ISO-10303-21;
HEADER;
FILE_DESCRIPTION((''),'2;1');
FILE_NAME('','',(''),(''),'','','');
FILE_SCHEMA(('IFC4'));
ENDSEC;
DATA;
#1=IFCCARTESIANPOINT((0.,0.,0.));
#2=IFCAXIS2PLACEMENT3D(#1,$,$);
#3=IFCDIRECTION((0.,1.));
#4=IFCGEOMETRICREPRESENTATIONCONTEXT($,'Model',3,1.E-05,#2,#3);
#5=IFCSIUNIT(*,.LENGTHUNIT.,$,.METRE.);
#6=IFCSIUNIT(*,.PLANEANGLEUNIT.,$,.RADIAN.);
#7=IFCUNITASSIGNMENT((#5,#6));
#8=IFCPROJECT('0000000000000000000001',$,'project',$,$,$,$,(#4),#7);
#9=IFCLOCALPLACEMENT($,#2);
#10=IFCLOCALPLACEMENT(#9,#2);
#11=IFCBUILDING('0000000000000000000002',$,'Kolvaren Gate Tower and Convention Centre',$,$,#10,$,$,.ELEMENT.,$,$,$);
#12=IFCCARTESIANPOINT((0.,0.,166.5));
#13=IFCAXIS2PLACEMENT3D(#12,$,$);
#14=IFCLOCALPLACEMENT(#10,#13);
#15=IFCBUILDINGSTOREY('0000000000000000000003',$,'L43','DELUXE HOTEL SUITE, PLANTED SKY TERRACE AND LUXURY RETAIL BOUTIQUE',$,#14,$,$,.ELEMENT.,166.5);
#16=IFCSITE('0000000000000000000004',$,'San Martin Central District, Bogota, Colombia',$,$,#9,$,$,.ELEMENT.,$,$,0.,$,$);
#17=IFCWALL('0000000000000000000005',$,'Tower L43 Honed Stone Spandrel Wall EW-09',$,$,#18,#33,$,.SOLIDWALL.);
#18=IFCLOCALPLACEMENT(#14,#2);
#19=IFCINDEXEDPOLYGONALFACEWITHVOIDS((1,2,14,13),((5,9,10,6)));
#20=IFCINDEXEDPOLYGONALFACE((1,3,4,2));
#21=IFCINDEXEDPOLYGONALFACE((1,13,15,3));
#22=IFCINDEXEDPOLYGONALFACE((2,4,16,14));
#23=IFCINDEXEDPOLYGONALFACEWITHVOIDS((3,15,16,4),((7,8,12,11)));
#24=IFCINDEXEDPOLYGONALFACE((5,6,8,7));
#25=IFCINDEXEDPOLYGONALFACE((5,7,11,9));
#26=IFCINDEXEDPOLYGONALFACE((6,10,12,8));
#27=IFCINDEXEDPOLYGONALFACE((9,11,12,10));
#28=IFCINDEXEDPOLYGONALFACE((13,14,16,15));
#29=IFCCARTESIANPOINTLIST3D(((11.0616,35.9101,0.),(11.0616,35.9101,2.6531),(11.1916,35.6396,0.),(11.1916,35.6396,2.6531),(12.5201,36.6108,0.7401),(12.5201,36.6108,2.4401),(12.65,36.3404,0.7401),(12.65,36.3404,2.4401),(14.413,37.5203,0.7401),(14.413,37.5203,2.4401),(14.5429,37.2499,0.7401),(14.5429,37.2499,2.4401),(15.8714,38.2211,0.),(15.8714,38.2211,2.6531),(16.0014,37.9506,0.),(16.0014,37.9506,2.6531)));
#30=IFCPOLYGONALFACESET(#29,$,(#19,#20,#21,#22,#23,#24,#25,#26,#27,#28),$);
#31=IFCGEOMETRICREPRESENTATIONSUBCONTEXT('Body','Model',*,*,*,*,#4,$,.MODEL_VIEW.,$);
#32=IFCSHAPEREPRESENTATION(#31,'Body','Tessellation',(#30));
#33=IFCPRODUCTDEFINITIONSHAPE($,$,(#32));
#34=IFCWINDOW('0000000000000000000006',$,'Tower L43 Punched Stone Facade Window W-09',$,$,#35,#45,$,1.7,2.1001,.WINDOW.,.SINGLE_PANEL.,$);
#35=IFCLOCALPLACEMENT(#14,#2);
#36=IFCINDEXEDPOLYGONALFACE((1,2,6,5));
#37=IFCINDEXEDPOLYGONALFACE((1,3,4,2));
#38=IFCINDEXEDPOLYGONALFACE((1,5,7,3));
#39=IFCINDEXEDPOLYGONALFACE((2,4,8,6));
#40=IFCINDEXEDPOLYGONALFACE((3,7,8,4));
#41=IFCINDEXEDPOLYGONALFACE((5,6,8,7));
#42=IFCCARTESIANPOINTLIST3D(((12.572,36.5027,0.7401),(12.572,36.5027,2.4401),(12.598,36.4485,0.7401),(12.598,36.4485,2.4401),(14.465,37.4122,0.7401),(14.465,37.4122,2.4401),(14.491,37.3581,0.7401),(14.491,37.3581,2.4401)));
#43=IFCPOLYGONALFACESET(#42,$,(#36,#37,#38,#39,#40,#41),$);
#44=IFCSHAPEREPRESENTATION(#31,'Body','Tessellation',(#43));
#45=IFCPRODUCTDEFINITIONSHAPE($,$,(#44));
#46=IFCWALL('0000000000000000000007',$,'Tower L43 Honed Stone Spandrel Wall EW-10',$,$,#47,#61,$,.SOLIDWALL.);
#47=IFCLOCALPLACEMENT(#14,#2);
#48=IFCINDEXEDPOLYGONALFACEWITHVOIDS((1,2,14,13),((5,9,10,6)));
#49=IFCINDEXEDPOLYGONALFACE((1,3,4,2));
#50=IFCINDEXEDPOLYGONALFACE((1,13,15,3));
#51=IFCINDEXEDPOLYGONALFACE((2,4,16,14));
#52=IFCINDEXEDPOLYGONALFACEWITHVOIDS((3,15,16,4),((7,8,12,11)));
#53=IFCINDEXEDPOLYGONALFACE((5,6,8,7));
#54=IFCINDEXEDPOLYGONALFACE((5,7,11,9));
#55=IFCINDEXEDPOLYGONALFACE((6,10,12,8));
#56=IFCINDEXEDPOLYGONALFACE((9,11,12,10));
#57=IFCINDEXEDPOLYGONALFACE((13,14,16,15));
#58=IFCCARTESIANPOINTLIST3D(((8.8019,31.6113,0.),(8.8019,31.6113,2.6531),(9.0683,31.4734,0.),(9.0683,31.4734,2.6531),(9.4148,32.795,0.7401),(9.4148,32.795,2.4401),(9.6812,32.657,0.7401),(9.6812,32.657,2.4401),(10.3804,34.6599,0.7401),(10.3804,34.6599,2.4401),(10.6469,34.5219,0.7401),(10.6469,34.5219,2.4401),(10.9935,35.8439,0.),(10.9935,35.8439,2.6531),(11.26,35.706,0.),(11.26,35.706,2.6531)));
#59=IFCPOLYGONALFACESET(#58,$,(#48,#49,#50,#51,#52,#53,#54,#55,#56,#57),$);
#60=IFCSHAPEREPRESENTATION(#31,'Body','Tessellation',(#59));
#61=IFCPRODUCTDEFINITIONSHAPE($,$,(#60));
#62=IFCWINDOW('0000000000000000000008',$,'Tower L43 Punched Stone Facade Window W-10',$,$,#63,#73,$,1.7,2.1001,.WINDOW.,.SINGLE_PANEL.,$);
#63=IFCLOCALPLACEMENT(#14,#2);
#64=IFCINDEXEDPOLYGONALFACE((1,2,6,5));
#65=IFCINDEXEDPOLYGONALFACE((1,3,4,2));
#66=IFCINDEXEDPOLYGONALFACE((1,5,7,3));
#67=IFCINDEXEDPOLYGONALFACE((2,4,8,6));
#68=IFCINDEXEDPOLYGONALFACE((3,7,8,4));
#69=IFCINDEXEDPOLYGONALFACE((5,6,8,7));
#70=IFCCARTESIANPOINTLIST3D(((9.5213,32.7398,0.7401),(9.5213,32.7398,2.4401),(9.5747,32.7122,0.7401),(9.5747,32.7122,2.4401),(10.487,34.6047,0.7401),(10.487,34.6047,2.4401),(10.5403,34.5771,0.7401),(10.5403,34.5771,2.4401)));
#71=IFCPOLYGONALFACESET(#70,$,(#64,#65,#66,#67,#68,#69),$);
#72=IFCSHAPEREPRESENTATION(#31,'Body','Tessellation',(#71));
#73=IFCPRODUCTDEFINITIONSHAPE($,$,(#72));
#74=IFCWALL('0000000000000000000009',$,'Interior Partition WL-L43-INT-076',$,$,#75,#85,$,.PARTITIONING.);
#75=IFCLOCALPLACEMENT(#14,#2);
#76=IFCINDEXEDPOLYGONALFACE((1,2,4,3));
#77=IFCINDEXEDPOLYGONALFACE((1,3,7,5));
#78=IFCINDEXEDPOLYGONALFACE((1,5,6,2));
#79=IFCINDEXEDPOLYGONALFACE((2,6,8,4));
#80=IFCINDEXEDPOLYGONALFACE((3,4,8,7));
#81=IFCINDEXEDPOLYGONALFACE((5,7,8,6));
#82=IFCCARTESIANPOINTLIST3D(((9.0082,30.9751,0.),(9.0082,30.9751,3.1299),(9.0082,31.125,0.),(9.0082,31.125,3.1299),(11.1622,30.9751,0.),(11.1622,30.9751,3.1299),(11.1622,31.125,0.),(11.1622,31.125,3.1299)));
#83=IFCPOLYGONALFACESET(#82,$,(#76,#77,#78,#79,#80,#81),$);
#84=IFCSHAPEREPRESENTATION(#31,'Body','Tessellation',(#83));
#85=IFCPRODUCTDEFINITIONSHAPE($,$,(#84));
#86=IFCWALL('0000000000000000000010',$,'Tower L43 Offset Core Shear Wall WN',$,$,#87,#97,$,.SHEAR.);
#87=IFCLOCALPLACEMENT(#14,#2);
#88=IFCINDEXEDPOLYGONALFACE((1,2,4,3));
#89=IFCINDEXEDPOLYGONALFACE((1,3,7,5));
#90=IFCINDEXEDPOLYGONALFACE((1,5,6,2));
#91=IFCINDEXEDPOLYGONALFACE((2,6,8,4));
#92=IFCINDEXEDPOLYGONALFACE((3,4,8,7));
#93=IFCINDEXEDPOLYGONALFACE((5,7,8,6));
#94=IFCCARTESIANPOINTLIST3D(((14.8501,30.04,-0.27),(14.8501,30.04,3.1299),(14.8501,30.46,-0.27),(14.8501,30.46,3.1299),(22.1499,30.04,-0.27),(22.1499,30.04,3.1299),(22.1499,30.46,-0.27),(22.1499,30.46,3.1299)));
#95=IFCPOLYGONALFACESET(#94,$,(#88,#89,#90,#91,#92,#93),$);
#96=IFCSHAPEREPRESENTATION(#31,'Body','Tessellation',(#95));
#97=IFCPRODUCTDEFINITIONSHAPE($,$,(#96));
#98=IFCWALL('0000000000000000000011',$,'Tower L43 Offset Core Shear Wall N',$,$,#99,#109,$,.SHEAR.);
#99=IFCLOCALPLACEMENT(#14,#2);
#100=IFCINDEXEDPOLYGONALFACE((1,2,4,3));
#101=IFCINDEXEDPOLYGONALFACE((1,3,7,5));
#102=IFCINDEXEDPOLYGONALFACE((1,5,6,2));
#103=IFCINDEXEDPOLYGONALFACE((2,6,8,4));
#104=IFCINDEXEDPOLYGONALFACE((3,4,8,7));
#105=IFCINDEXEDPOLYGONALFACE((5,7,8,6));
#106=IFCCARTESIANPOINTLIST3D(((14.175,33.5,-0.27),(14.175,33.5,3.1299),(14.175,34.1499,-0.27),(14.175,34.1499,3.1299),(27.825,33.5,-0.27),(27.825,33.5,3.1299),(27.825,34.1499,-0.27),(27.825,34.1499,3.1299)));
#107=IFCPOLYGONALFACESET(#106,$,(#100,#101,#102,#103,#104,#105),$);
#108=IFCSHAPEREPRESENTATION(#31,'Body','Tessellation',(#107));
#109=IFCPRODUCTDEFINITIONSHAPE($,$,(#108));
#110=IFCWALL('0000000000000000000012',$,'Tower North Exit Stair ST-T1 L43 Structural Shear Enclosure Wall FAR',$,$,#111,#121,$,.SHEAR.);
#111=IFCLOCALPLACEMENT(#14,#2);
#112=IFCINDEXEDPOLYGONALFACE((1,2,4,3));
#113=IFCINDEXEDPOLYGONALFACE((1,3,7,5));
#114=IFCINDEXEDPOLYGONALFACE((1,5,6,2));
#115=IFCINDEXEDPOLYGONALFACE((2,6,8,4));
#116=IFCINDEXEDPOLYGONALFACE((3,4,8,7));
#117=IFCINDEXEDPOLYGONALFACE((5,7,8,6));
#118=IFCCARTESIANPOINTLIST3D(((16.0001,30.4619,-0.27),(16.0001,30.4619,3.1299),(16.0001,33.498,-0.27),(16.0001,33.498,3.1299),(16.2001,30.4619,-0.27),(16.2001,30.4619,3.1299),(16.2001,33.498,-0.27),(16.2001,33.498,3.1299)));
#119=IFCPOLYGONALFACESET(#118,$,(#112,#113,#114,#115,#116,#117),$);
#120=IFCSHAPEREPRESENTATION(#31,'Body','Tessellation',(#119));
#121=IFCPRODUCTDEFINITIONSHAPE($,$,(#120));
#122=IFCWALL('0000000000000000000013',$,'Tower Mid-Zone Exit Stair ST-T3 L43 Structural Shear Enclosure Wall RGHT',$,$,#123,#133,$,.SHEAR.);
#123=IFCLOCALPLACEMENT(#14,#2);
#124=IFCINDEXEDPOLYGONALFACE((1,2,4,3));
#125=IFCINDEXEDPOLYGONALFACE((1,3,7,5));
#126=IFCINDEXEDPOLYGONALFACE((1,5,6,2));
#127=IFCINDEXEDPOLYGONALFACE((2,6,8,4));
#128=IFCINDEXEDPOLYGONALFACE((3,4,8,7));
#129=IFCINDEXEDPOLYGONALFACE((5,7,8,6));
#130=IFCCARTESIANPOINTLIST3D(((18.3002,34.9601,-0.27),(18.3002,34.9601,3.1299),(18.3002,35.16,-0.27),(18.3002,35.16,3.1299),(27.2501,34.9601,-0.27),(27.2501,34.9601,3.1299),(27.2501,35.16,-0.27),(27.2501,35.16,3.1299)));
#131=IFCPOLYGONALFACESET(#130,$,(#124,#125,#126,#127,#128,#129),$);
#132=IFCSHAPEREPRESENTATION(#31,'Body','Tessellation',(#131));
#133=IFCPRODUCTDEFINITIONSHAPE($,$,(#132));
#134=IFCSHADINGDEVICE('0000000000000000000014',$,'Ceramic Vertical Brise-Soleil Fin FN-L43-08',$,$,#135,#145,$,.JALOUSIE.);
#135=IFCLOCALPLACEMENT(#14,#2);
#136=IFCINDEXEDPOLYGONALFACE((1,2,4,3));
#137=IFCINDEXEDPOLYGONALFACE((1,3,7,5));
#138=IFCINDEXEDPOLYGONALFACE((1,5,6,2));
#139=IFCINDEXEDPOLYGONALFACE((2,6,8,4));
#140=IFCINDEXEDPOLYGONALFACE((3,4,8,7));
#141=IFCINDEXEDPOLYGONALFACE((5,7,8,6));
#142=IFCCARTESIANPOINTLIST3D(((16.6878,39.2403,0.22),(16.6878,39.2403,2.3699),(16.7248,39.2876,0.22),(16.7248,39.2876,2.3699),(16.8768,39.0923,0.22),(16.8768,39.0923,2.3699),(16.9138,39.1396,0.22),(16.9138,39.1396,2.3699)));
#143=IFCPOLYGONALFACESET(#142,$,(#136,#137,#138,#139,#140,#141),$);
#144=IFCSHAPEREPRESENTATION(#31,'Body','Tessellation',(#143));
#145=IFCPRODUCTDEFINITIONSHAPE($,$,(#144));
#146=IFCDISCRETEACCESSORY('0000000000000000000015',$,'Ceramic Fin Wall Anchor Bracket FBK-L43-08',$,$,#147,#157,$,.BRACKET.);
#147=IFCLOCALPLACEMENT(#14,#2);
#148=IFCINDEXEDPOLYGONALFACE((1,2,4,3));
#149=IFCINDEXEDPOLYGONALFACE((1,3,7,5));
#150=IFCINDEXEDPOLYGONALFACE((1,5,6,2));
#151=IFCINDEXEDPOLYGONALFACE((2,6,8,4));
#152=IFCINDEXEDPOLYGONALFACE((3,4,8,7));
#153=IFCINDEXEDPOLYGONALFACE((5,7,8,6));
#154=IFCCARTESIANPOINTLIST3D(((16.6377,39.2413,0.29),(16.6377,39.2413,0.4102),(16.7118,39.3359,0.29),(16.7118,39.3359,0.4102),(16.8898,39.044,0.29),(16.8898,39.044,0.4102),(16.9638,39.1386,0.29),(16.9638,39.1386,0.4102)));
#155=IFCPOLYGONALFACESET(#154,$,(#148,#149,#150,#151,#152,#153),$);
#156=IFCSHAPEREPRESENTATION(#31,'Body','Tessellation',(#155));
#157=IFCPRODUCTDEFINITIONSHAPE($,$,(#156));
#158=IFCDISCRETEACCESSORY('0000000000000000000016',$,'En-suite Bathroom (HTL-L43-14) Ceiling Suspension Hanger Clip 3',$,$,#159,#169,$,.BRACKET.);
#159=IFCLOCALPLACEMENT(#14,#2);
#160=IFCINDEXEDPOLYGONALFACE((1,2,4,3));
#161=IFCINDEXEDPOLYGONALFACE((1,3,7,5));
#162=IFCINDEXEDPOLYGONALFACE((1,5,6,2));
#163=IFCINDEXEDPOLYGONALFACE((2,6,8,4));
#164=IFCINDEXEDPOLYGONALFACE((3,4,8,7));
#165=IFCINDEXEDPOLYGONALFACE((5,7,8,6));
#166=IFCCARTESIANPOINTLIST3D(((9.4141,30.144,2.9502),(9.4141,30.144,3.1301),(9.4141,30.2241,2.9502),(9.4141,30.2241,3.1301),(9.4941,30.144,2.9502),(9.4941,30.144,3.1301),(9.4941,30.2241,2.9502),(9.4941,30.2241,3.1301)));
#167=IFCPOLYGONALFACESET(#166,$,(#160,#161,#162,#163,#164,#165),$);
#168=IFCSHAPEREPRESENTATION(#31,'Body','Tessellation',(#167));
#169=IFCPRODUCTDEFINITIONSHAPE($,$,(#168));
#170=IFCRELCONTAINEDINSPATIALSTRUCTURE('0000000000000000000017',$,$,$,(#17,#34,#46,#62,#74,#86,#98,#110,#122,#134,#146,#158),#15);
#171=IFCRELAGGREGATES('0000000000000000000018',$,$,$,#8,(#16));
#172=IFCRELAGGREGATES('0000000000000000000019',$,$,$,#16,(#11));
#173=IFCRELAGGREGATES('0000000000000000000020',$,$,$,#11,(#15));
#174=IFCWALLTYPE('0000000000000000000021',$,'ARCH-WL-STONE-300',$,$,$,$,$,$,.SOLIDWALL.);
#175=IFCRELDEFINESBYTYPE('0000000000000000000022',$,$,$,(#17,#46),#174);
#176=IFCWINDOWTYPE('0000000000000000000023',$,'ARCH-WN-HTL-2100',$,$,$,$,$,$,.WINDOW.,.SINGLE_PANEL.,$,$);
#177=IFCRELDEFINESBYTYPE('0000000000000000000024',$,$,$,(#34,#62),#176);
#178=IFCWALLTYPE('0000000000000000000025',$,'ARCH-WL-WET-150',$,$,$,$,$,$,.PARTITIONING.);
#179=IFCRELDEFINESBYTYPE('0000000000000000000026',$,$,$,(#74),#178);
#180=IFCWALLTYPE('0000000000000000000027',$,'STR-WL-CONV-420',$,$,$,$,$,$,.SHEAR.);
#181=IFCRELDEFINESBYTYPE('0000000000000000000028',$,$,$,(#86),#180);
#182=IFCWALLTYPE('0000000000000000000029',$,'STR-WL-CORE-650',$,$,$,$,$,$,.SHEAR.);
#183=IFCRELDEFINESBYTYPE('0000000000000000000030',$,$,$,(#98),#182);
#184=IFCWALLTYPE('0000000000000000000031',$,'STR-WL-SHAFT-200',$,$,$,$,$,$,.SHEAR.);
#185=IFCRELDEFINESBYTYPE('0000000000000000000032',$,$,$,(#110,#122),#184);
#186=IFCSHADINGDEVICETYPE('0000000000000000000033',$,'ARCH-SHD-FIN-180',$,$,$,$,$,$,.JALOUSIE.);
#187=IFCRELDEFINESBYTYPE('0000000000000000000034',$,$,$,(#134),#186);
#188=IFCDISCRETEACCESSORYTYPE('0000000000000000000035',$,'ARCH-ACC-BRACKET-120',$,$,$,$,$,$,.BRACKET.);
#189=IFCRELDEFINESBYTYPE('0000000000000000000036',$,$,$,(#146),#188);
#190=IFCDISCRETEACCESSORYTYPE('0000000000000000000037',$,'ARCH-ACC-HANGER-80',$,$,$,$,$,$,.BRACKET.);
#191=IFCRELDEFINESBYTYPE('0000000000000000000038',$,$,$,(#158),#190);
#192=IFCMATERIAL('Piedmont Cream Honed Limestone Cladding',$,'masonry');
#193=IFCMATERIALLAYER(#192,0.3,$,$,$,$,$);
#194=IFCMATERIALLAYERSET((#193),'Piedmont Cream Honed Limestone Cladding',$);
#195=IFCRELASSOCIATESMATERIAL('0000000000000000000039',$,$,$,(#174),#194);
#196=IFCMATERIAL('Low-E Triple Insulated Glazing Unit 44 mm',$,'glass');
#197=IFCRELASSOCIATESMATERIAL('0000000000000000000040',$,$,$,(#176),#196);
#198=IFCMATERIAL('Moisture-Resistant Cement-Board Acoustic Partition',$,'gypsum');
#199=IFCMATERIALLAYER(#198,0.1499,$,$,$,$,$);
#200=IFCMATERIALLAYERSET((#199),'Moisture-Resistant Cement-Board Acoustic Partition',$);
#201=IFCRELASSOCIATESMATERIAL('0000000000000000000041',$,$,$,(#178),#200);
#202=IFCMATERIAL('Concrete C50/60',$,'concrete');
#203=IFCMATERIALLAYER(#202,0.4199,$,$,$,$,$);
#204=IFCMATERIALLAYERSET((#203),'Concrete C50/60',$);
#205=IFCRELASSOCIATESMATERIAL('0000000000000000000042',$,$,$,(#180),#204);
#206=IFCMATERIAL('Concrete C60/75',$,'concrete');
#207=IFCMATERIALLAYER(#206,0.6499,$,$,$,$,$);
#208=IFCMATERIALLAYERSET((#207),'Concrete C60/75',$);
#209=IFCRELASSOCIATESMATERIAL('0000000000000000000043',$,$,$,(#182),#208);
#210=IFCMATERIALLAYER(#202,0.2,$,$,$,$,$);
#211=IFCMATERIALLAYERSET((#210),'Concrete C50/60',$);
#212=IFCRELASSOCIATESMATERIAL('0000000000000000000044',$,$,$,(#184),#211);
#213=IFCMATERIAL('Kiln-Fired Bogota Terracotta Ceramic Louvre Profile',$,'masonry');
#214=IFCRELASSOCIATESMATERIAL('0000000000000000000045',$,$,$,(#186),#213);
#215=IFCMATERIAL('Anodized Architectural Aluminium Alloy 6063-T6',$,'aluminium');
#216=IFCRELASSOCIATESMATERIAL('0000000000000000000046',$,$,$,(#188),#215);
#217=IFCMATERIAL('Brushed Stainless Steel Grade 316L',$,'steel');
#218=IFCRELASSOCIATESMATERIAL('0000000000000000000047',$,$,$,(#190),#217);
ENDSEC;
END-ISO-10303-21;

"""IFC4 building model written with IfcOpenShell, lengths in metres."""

from ifc_helpers import new_model, si_unit, direction, frame, frame_2d, origin, origin_2d, place, context, subcontext, project, spatial, rectangle, extrude, material, layer, layer_set, type_object, element, fill, save


model = new_model("IFC4")

# Units and contexts
model_context = context("Model", 3, precision=1e-05, world=origin(), true_north=direction((0.0, 1.0)))
body_context = subcontext(model_context, "Body", "Model", "MODEL_VIEW")
ifc_project = project(units=[si_unit("LENGTHUNIT", "METRE"), si_unit("PLANEANGLEUNIT", "RADIAN")], contexts=[model_context])

# Site, building, storey
site_placement = place(None, origin())
site = spatial("IfcSite", under=ifc_project, at=site_placement, Name="San Martin Central District, Bogota, Colombia", CompositionType="ELEMENT", RefElevation=0.0)
building_placement = place(site_placement, origin())
building = spatial("IfcBuilding", under=site, at=building_placement, Name="Kolvaren Gate Tower and Convention Centre", CompositionType="ELEMENT")
storey_placement = place(building_placement, frame((0.0, 0.0, 166.5)))
storey = spatial("IfcBuildingStorey", under=building, at=storey_placement, Name="L43", Description="DELUXE HOTEL SUITE, PLANTED SKY TERRACE AND LUXURY RETAIL BOUTIQUE", CompositionType="ELEMENT", Elevation=166.5)

# Shared definitions
ifc_material_1 = material(Name="Concrete C60/75", Category="concrete")

# Walls, openings, windows
ifc_material_2 = material(Name="Piedmont Cream Honed Limestone Cladding", Category="masonry")
ifc_layer_1 = layer(ifc_material_2, 0.3)
ifc_layer_set_1 = layer_set([ifc_layer_1], Name="Piedmont Cream Honed Limestone Cladding")
wall_type_1 = type_object("IfcWallType", Name="ARCH-WL-STONE-300", PredefinedType="SOLIDWALL", material=ifc_layer_set_1)
ifc_material_3 = material(Name="Low-E Triple Insulated Glazing Unit 44 mm", Category="glass")
window_type = type_object("IfcWindowType", Name="ARCH-WN-HTL-2100", PartitioningType="SINGLE_PANEL", PredefinedType="WINDOW", material=ifc_material_3)
wall_1_placement = place(storey_placement, frame((11.1267, 35.7749, 0.0), z_axis=(0.0, 0.0, 1.0), x_axis=(0.901353, 0.433085, 0.0)))
wall_1 = element("IfcWall", 1, at=wall_1_placement, inside=storey, type_object=wall_type_1, Name="Tower L43 Honed Stone Spandrel Wall EW-09", PredefinedType="SOLIDWALL", context=body_context, shape_type="SweptSolid", body=[
    extrude(rectangle(XDim=5.3362, YDim=0.3, at=frame_2d((2.668, 0.0))), origin(), (0.0, 0.0, 1.0), 2.6531),
])
opening_1_placement = place(wall_1_placement, frame((1.6179, 0.0, 0.74)))
opening_1 = element("IfcOpeningElement", 2, at=opening_1_placement, cuts=wall_1, PredefinedType="OPENING", context=body_context, shape_type="SweptSolid", body=[
    extrude(rectangle(XDim=2.1001, YDim=1.7, at=frame_2d((1.05, 0.8501))), frame((0.0, 0.1599, 0.0), z_axis=(0.0, -1.0, 0.0), x_axis=(1.0, 0.0, 0.0)), (0.0, 0.0, 1.0), 0.3201),
])
window_1_placement = place(opening_1_placement, origin())
window_1 = element("IfcWindow", 3, at=window_1_placement, inside=storey, type_object=window_type, Name="Tower L43 Punched Stone Facade Window W-09", OverallHeight=1.7, OverallWidth=2.1001, PartitioningType="SINGLE_PANEL", PredefinedType="WINDOW", context=body_context, shape_type="SweptSolid", body=[
    extrude(rectangle(XDim=2.1001, YDim=1.7, at=frame_2d((1.05, 0.8501))), frame((0.0, 0.03, 0.0), z_axis=(0.0, -1.0, 0.0), x_axis=(1.0, 0.0, 0.0)), (0.0, 0.0, 1.0), 0.0601),
])
fill(opening_1, window_1)
wall_2_placement = place(storey_placement, frame((8.9351, 31.5422, 0.0), z_axis=(0.0, 0.0, 1.0), x_axis=(0.45981, 0.888017, 0.0)))
wall_2 = element("IfcWall", 4, at=wall_2_placement, inside=storey, type_object=wall_type_1, Name="Tower L43 Honed Stone Spandrel Wall EW-10", PredefinedType="SOLIDWALL", context=body_context, shape_type="SweptSolid", body=[
    extrude(rectangle(XDim=4.7664, YDim=0.3, at=frame_2d((2.3833, 0.0))), origin(), (0.0, 0.0, 1.0), 2.6531),
])
opening_2_placement = place(wall_2_placement, frame((1.333, 0.0, 0.74)))
opening_2 = element("IfcOpeningElement", 5, at=opening_2_placement, cuts=wall_2, PredefinedType="OPENING", context=body_context, shape_type="SweptSolid", body=[
    extrude(rectangle(XDim=2.1001, YDim=1.7, at=frame_2d((1.05, 0.8501))), frame((0.0, 0.1599, 0.0), z_axis=(0.0, -1.0, 0.0), x_axis=(1.0, 0.0, 0.0)), (0.0, 0.0, 1.0), 0.3201),
])
window_2_placement = place(opening_2_placement, origin())
window_2 = element("IfcWindow", 6, at=window_2_placement, inside=storey, type_object=window_type, Name="Tower L43 Punched Stone Facade Window W-10", OverallHeight=1.7, OverallWidth=2.1001, PartitioningType="SINGLE_PANEL", PredefinedType="WINDOW", context=body_context, shape_type="SweptSolid", body=[
    extrude(rectangle(XDim=2.1001, YDim=1.7, at=frame_2d((1.05, 0.8501))), frame((0.0, 0.03, 0.0), z_axis=(0.0, -1.0, 0.0), x_axis=(1.0, 0.0, 0.0)), (0.0, 0.0, 1.0), 0.0601),
])
fill(opening_2, window_2)

# Walls
ifc_material_4 = material(Name="Moisture-Resistant Cement-Board Acoustic Partition", Category="gypsum")
ifc_layer_2 = layer(ifc_material_4, 0.1499)
ifc_layer_set_2 = layer_set([ifc_layer_2], Name="Moisture-Resistant Cement-Board Acoustic Partition")
wall_type_2 = type_object("IfcWallType", Name="ARCH-WL-WET-150", PredefinedType="PARTITIONING", material=ifc_layer_set_2)
wall_3_placement = place(storey_placement, frame((9.0081, 31.05, 0.0), z_axis=(0.0, 0.0, 1.0), x_axis=(1.0, 0.0, 0.0)))
element("IfcWall", 7, at=wall_3_placement, inside=storey, type_object=wall_type_2, Name="Interior Partition WL-L43-INT-076", PredefinedType="PARTITIONING", context=body_context, shape_type="SweptSolid", body=[
    extrude(rectangle(XDim=2.1541, YDim=0.1499, at=frame_2d((1.0771, 0.0))), origin(), (0.0, 0.0, 1.0), 3.1299),
])
ifc_material_5 = material(Name="Concrete C50/60", Category="concrete")
ifc_layer_3 = layer(ifc_material_5, 0.4199)
ifc_layer_set_3 = layer_set([ifc_layer_3], Name="Concrete C50/60")
wall_type_3 = type_object("IfcWallType", Name="STR-WL-CONV-420", PredefinedType="SHEAR", material=ifc_layer_set_3)
wall_4_placement = place(storey_placement, frame((14.8501, 30.25, -0.27), z_axis=(0.0, 0.0, 1.0), x_axis=(1.0, 0.0, 0.0)))
element("IfcWall", 8, at=wall_4_placement, inside=storey, type_object=wall_type_3, Name="Tower L43 Offset Core Shear Wall WN", PredefinedType="SHEAR", context=body_context, shape_type="SweptSolid", body=[
    extrude(rectangle(XDim=7.2998, YDim=0.4199, at=frame_2d((3.6499, 0.0))), origin(), (0.0, 0.0, 1.0), 3.3999),
])
ifc_layer_4 = layer(ifc_material_1, 0.6499)
ifc_layer_set_4 = layer_set([ifc_layer_4], Name="Concrete C60/75")
wall_type_4 = type_object("IfcWallType", Name="STR-WL-CORE-650", PredefinedType="SHEAR", material=ifc_layer_set_4)
wall_5_placement = place(storey_placement, frame((14.175, 33.825, -0.27), z_axis=(0.0, 0.0, 1.0), x_axis=(1.0, 0.0, 0.0)))
element("IfcWall", 9, at=wall_5_placement, inside=storey, type_object=wall_type_4, Name="Tower L43 Offset Core Shear Wall N", PredefinedType="SHEAR", context=body_context, shape_type="SweptSolid", body=[
    extrude(rectangle(XDim=13.6499, YDim=0.6499, at=frame_2d((6.825, 0.0))), origin(), (0.0, 0.0, 1.0), 3.3999),
])
ifc_layer_5 = layer(ifc_material_5, 0.2)
ifc_layer_set_5 = layer_set([ifc_layer_5], Name="Concrete C50/60")
wall_type_5 = type_object("IfcWallType", Name="STR-WL-SHAFT-200", PredefinedType="SHEAR", material=ifc_layer_set_5)
wall_6_placement = place(storey_placement, frame((16.1001, 30.4619, -0.27), z_axis=(0.0, 0.0, 1.0), x_axis=(0.0, 1.0, 0.0)))
element("IfcWall", 10, at=wall_6_placement, inside=storey, type_object=wall_type_5, Name="Tower North Exit Stair ST-T1 L43 Structural Shear Enclosure Wall FAR", PredefinedType="SHEAR", context=body_context, shape_type="SweptSolid", body=[
    extrude(rectangle(XDim=3.0361, YDim=0.2, at=frame_2d((1.5181, 0.0))), origin(), (0.0, 0.0, 1.0), 3.3999),
])
wall_7_placement = place(storey_placement, frame((18.3, 35.0601, -0.27), z_axis=(0.0, 0.0, 1.0), x_axis=(1.0, 0.0, 0.0)))
element("IfcWall", 11, at=wall_7_placement, inside=storey, type_object=wall_type_5, Name="Tower Mid-Zone Exit Stair ST-T3 L43 Structural Shear Enclosure Wall RGHT", PredefinedType="SHEAR", context=body_context, shape_type="SweptSolid", body=[
    extrude(rectangle(XDim=8.95, YDim=0.2, at=frame_2d((4.4751, 0.0))), origin(), (0.0, 0.0, 1.0), 3.3999),
])

# Shared definitions
ifc_material_6 = material(Name="Brushed Stainless Steel Grade 316L", Category="steel")

# Shading device
ifc_material_7 = material(Name="Kiln-Fired Bogota Terracotta Ceramic Louvre Profile", Category="masonry")
shading_device_type = type_object("IfcShadingDeviceType", Name="ARCH-SHD-FIN-180", PredefinedType="JALOUSIE", material=ifc_material_7)
shading_device_placement = place(storey_placement, frame((16.8008, 39.1899, 0.22), z_axis=(0.0, 0.0, 1.0), x_axis=(0.616446, 0.787397, 0.0)))
element("IfcShadingDevice", 12, at=shading_device_placement, inside=storey, type_object=shading_device_type, Name="Ceramic Vertical Brise-Soleil Fin FN-L43-08", PredefinedType="JALOUSIE", context=body_context, shape_type="SweptSolid", body=[
    extrude(rectangle(XDim=0.0601, YDim=0.24, at=origin_2d()), origin(), (0.0, 0.0, 1.0), 2.1499),
])

# Discrete accessories
ifc_material_8 = material(Name="Anodized Architectural Aluminium Alloy 6063-T6", Category="aluminium")
discrete_accessory_type_1 = type_object("IfcDiscreteAccessoryType", Name="ARCH-ACC-BRACKET-120", PredefinedType="BRACKET", material=ifc_material_8)
discrete_accessory_placement = place(storey_placement, frame((16.8008, 39.1899, 0.29), z_axis=(0.0, 0.0, 1.0), x_axis=(0.616446, 0.787397, 0.0)))
element("IfcDiscreteAccessory", 13, at=discrete_accessory_placement, inside=storey, type_object=discrete_accessory_type_1, Name="Ceramic Fin Wall Anchor Bracket FBK-L43-08", PredefinedType="BRACKET", context=body_context, shape_type="SweptSolid", body=[
    extrude(rectangle(XDim=0.1201, YDim=0.3201, at=origin_2d()), origin(), (0.0, 0.0, 1.0), 0.1201),
])
discrete_accessory_type_2 = type_object("IfcDiscreteAccessoryType", Name="ARCH-ACC-HANGER-80", PredefinedType="BRACKET", material=ifc_material_6)
for number, where, z_axis, x_axis, name in (
    (14, (9.4541, 30.1841, 2.9502), (0.0, 0.0, 1.0), (1.0, 0.0, 0.0), "En-suite Bathroom (HTL-L43-14) Ceiling Suspension Hanger Clip 3"),
):
    element("IfcDiscreteAccessory", number, at=place(storey_placement, frame(where, z_axis=z_axis, x_axis=x_axis)), inside=storey, type_object=discrete_accessory_type_2, Name=name, PredefinedType="BRACKET", context=body_context, shape_type="SweptSolid", body=[
        extrude(rectangle(XDim=0.0801, YDim=0.0801, at=origin_2d()), origin(), (0.0, 0.0, 1.0), 0.1799),
    ])

save(model, "model.ifc")
